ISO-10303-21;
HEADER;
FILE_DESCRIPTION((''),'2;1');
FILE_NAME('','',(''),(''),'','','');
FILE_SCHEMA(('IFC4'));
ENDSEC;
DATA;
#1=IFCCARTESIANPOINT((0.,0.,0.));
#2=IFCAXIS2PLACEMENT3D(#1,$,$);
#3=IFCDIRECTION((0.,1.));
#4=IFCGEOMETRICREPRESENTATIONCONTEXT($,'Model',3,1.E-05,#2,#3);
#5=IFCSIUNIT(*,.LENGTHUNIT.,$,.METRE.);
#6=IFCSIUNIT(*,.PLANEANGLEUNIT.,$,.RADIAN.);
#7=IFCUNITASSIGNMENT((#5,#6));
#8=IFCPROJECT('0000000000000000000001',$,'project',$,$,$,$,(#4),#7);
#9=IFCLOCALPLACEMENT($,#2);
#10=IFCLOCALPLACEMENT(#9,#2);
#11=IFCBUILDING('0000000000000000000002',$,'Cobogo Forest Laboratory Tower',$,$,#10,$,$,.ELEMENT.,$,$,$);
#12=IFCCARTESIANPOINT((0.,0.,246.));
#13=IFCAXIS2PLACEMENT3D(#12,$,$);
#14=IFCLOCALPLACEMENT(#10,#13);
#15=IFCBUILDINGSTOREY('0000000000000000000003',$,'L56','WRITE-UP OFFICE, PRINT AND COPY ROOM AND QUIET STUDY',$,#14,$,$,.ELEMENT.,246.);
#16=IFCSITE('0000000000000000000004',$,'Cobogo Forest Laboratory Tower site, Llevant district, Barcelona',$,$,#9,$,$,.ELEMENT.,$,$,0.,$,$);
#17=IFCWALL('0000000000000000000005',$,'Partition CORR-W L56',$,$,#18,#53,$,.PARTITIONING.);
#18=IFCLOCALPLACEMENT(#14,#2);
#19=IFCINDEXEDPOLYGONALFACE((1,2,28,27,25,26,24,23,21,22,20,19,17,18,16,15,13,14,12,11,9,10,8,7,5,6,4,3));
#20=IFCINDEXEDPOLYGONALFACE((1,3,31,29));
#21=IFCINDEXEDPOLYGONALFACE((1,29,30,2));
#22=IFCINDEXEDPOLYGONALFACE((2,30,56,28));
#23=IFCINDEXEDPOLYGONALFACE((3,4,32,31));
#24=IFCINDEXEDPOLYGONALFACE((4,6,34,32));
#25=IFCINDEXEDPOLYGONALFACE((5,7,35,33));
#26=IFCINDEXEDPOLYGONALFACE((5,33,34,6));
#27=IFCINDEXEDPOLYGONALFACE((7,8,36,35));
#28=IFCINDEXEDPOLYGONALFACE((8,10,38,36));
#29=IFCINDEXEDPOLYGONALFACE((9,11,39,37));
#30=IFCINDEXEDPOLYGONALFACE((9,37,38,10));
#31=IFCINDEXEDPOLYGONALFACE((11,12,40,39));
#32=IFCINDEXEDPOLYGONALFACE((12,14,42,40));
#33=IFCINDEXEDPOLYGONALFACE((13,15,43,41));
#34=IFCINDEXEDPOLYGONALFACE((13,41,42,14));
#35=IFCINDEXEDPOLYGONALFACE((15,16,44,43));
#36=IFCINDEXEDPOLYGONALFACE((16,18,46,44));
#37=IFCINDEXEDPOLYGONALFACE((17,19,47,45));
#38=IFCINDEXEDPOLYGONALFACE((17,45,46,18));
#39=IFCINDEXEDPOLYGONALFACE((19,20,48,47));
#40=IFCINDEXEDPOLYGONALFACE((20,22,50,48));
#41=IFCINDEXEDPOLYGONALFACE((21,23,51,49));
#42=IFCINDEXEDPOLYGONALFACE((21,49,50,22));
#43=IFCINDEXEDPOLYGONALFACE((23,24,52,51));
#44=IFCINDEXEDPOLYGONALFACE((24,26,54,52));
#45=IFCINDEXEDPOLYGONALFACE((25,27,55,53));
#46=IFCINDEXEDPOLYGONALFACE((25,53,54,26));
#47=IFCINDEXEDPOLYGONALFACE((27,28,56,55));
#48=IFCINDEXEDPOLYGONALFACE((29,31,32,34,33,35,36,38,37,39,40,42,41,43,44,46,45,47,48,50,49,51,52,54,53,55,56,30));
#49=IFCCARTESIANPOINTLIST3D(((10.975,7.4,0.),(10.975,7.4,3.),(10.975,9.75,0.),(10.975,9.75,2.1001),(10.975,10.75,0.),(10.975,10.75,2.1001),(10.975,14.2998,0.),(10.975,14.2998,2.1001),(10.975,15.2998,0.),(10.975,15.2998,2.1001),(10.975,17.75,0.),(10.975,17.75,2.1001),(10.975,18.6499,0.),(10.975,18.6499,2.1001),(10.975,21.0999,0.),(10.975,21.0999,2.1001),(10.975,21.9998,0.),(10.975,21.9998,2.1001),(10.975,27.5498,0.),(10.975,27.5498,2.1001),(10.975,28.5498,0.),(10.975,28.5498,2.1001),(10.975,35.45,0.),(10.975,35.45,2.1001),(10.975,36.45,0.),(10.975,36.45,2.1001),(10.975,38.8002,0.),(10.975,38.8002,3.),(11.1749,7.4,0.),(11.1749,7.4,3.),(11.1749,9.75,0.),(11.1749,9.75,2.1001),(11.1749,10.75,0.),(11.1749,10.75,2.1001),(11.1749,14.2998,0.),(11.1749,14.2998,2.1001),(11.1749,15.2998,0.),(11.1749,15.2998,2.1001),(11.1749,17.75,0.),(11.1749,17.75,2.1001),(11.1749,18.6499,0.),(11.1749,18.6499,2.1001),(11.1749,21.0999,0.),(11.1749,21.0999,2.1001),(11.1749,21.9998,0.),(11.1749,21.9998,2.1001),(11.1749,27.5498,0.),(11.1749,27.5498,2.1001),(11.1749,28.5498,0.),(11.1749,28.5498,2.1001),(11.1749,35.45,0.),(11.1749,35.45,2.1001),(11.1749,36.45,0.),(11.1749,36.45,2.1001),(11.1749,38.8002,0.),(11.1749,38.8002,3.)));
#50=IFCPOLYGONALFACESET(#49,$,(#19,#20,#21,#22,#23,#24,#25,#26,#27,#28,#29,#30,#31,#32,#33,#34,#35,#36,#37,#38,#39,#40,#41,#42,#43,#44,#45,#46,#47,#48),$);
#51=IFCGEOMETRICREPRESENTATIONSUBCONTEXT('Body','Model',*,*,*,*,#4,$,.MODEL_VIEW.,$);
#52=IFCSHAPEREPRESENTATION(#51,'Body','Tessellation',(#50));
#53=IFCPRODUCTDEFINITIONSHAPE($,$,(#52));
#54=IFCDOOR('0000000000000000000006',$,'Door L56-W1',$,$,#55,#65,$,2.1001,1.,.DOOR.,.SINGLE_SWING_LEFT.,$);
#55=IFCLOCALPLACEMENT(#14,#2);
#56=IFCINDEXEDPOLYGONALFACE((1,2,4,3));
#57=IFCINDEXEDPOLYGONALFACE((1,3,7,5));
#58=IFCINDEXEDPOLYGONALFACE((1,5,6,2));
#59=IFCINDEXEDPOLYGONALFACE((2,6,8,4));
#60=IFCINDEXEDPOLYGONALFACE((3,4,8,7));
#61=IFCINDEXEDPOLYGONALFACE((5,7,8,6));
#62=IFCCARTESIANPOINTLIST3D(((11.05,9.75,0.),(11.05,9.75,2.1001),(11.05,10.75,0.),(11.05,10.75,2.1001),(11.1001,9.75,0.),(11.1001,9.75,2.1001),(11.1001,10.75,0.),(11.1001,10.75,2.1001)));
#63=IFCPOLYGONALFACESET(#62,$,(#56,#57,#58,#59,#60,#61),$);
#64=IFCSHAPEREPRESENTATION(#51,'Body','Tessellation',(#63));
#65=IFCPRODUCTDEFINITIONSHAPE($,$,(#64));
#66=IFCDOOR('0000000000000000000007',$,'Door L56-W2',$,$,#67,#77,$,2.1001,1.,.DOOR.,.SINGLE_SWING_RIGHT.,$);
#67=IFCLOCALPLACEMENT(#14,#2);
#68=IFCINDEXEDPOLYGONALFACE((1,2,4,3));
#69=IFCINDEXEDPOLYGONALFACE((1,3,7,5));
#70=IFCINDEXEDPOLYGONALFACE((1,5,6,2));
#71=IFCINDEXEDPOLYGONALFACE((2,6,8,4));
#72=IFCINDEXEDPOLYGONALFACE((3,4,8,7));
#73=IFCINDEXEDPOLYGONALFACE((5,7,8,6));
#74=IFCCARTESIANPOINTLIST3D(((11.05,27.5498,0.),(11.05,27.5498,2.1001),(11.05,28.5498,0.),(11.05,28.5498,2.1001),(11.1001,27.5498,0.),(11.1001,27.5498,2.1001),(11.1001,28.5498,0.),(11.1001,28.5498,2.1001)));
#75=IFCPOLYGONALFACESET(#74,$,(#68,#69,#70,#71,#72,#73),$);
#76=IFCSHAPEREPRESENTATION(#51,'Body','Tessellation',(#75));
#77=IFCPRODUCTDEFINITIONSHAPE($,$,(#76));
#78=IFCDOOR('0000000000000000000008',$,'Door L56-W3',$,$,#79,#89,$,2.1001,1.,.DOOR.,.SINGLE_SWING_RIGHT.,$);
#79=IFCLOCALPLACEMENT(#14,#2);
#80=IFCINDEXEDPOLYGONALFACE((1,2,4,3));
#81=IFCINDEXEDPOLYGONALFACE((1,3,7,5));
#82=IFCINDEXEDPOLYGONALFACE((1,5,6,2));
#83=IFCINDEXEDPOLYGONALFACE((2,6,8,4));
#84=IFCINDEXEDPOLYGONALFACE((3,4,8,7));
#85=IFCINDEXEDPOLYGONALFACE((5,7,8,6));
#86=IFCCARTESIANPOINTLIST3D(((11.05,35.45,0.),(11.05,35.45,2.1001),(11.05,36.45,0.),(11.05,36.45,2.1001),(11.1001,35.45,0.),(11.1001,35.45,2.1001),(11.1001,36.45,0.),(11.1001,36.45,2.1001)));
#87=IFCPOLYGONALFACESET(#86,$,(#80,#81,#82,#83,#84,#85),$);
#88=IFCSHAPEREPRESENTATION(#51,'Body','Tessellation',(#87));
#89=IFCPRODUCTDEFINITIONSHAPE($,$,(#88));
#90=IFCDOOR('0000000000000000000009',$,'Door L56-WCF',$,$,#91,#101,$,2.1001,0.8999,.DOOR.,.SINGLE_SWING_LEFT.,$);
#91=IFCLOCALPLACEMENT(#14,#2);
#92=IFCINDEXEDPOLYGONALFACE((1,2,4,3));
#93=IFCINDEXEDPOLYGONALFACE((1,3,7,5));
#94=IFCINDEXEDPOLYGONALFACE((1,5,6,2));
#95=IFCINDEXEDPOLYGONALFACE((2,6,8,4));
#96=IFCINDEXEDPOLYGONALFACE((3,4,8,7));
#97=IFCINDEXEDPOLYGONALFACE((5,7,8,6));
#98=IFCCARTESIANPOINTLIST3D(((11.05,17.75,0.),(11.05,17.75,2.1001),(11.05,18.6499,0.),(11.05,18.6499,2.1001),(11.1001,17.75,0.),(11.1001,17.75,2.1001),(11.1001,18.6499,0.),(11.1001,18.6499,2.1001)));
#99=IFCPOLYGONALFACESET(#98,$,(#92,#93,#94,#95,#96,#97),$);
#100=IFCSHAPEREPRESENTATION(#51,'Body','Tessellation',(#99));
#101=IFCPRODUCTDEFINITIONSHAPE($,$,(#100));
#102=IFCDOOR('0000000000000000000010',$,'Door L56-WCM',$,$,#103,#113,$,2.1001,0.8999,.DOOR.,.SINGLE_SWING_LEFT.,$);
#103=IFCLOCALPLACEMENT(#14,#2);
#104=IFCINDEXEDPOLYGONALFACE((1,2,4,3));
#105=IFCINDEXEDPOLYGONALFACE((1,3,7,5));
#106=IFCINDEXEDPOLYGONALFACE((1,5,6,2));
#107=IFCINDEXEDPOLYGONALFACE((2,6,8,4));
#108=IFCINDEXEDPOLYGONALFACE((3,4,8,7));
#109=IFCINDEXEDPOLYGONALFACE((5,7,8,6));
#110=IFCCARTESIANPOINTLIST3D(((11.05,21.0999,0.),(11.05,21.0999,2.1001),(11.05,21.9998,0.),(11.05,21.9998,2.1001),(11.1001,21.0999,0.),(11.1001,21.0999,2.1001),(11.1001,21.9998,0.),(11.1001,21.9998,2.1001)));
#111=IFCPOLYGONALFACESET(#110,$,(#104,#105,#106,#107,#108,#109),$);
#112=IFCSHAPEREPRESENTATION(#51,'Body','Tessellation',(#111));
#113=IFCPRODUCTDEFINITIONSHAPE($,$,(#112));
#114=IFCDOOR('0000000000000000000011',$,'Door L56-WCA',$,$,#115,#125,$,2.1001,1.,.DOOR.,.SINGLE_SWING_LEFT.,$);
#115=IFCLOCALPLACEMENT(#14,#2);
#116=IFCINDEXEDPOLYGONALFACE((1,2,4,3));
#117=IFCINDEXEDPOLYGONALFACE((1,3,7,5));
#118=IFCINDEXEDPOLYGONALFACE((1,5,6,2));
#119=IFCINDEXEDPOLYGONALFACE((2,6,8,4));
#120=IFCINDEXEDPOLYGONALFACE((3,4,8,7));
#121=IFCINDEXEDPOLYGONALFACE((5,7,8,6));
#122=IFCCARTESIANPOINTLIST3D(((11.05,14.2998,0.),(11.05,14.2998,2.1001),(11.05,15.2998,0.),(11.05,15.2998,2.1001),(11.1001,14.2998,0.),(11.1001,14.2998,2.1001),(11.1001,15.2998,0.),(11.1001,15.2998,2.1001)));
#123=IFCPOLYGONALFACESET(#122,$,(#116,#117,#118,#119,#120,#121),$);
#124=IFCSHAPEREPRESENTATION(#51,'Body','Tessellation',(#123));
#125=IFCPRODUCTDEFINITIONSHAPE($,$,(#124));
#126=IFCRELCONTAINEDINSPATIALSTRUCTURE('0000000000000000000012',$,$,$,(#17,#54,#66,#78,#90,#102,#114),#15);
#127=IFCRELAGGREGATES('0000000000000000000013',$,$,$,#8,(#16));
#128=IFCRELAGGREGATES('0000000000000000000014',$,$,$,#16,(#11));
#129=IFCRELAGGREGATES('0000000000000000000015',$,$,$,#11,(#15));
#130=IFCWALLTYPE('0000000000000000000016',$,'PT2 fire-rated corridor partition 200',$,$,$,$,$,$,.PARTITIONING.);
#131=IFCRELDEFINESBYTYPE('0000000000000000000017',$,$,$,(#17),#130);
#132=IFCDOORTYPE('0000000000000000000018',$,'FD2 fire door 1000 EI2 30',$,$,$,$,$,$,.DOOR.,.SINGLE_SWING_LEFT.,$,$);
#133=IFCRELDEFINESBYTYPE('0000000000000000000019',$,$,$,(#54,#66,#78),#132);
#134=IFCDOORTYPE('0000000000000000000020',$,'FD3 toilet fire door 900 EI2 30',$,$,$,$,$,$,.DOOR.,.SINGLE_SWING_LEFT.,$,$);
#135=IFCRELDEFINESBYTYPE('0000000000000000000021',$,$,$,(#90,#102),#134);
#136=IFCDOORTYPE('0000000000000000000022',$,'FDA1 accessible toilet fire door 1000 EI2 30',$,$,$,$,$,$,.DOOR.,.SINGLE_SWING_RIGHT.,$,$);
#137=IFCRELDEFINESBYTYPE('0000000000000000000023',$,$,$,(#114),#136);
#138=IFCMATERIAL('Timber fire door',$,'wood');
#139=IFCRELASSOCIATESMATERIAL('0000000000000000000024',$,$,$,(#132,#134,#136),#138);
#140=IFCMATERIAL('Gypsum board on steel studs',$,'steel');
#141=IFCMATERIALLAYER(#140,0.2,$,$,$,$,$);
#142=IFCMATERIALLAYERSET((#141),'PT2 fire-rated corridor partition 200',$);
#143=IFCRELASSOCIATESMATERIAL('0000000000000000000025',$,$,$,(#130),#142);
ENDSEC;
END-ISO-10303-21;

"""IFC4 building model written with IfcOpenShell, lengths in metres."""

from ifc_helpers import new_model, si_unit, direction, frame, frame_2d, origin, place, context, subcontext, project, spatial, rectangle, extrude, material, layer, layer_set, type_object, element, fill, save


model = new_model("IFC4")

# Units and contexts
model_context = context("Model", 3, precision=1e-05, world=origin(), true_north=direction((0.0, 1.0)))
body_context = subcontext(model_context, "Body", "Model", "MODEL_VIEW")
ifc_project = project(units=[si_unit("LENGTHUNIT", "METRE"), si_unit("PLANEANGLEUNIT", "RADIAN")], contexts=[model_context])

# Site, building, storey
site_placement = place(None, origin())
site = spatial("IfcSite", under=ifc_project, at=site_placement, Name="Cobogo Forest Laboratory Tower site, Llevant district, Barcelona", CompositionType="ELEMENT", RefElevation=0.0)
building_placement = place(site_placement, origin())
building = spatial("IfcBuilding", under=site, at=building_placement, Name="Cobogo Forest Laboratory Tower", CompositionType="ELEMENT")
storey_placement = place(building_placement, frame((0.0, 0.0, 246.0)))
storey = spatial("IfcBuildingStorey", under=building, at=storey_placement, Name="L56", Description="WRITE-UP OFFICE, PRINT AND COPY ROOM AND QUIET STUDY", CompositionType="ELEMENT", Elevation=246.0)

# Shared definitions
ifc_material_1 = material(Name="Gypsum board on steel studs", Category="steel")
ifc_material_2 = material(Name="Timber fire door", Category="wood")
door_type_1 = type_object("IfcDoorType", Name="FD2 fire door 1000 EI2 30", OperationType="SINGLE_SWING_LEFT", PredefinedType="DOOR", material=ifc_material_2)

# Wall, openings, doors
ifc_layer_1 = layer(ifc_material_1, 0.2)
ifc_layer_set_1 = layer_set([ifc_layer_1], Name="PT2 fire-rated corridor partition 200")
wall_type_1 = type_object("IfcWallType", Name="PT2 fire-rated corridor partition 200", PredefinedType="PARTITIONING", material=ifc_layer_set_1)
wall_1_placement = place(storey_placement, frame((11.075, 7.3999, 0.0), z_axis=(0.0, 0.0, 1.0), x_axis=(0.0, 1.0, 0.0)))
wall_1 = element("IfcWall", 1, at=wall_1_placement, inside=storey, type_object=wall_type_1, Name="Partition CORR-W L56", PredefinedType="PARTITIONING", context=body_context, shape_type="SweptSolid", body=[
    extrude(rectangle(XDim=31.4001, YDim=0.2, at=frame_2d((15.7002, 0.0))), origin(), (0.0, 0.0, 1.0), 3.0),
])
opening_1_placement = place(wall_1_placement, frame((2.3501, 0.0, 0.0)))
opening_1 = element("IfcOpeningElement", 2, at=opening_1_placement, cuts=wall_1, PredefinedType="OPENING", context=body_context, shape_type="SweptSolid", body=[
    extrude(rectangle(XDim=1.0, YDim=2.1001, at=frame_2d((0.5, 1.05))), frame((0.0, 0.1099, 0.0), z_axis=(0.0, -1.0, 0.0), x_axis=(1.0, 0.0, 0.0)), (0.0, 0.0, 1.0), 0.22),
])
opening_2_placement = place(wall_1_placement, frame((6.8999, 0.0, 0.0)))
opening_2 = element("IfcOpeningElement", 3, at=opening_2_placement, cuts=wall_1, PredefinedType="OPENING", context=body_context, shape_type="SweptSolid", body=[
    extrude(rectangle(XDim=1.0, YDim=2.1001, at=frame_2d((0.5, 1.05))), frame((0.0, 0.1099, 0.0), z_axis=(0.0, -1.0, 0.0), x_axis=(1.0, 0.0, 0.0)), (0.0, 0.0, 1.0), 0.22),
])
opening_3_placement = place(wall_1_placement, frame((10.3501, 0.0, 0.0)))
opening_3 = element("IfcOpeningElement", 4, at=opening_3_placement, cuts=wall_1, PredefinedType="OPENING", context=body_context, shape_type="SweptSolid", body=[
    extrude(rectangle(XDim=0.8999, YDim=2.1001, at=frame_2d((0.45, 1.05))), frame((0.0, 0.1099, 0.0), z_axis=(0.0, -1.0, 0.0), x_axis=(1.0, 0.0, 0.0)), (0.0, 0.0, 1.0), 0.22),
])
opening_4_placement = place(wall_1_placement, frame((13.7, 0.0, 0.0)))
opening_4 = element("IfcOpeningElement", 5, at=opening_4_placement, cuts=wall_1, PredefinedType="OPENING", context=body_context, shape_type="SweptSolid", body=[
    extrude(rectangle(XDim=0.8999, YDim=2.1001, at=frame_2d((0.45, 1.05))), frame((0.0, 0.1099, 0.0), z_axis=(0.0, -1.0, 0.0), x_axis=(1.0, 0.0, 0.0)), (0.0, 0.0, 1.0), 0.22),
])
opening_5_placement = place(wall_1_placement, frame((20.1499, 0.0, 0.0)))
opening_5 = element("IfcOpeningElement", 6, at=opening_5_placement, cuts=wall_1, PredefinedType="OPENING", context=body_context, shape_type="SweptSolid", body=[
    extrude(rectangle(XDim=1.0, YDim=2.1001, at=frame_2d((0.5, 1.05))), frame((0.0, 0.1099, 0.0), z_axis=(0.0, -1.0, 0.0), x_axis=(1.0, 0.0, 0.0)), (0.0, 0.0, 1.0), 0.22),
])
opening_6_placement = place(wall_1_placement, frame((28.05, 0.0, 0.0)))
opening_6 = element("IfcOpeningElement", 7, at=opening_6_placement, cuts=wall_1, PredefinedType="OPENING", context=body_context, shape_type="SweptSolid", body=[
    extrude(rectangle(XDim=1.0, YDim=2.1001, at=frame_2d((0.5, 1.05))), frame((0.0, 0.1099, 0.0), z_axis=(0.0, -1.0, 0.0), x_axis=(1.0, 0.0, 0.0)), (0.0, 0.0, 1.0), 0.22),
])
door_1_placement = place(opening_1_placement, origin())
door_1 = element("IfcDoor", 8, at=door_1_placement, inside=storey, type_object=door_type_1, Name="Door L56-W1", OperationType="SINGLE_SWING_LEFT", OverallHeight=2.1001, OverallWidth=1.0, PredefinedType="DOOR", context=body_context, shape_type="SweptSolid", body=[
    extrude(rectangle(XDim=1.0, YDim=2.1001, at=frame_2d((0.5, 1.05))), frame((0.0, 0.0249, 0.0), z_axis=(0.0, -1.0, 0.0), x_axis=(1.0, 0.0, 0.0)), (0.0, 0.0, 1.0), 0.05),
])
fill(opening_1, door_1)
door_2_placement = place(opening_5_placement, origin())
door_2 = element("IfcDoor", 9, at=door_2_placement, inside=storey, type_object=door_type_1, Name="Door L56-W2", OperationType="SINGLE_SWING_RIGHT", OverallHeight=2.1001, OverallWidth=1.0, PredefinedType="DOOR", context=body_context, shape_type="SweptSolid", body=[
    extrude(rectangle(XDim=1.0, YDim=2.1001, at=frame_2d((0.5, 1.05))), frame((0.0, 0.0249, 0.0), z_axis=(0.0, -1.0, 0.0), x_axis=(1.0, 0.0, 0.0)), (0.0, 0.0, 1.0), 0.05),
])
fill(opening_5, door_2)
door_3_placement = place(opening_6_placement, origin())
door_3 = element("IfcDoor", 10, at=door_3_placement, inside=storey, type_object=door_type_1, Name="Door L56-W3", OperationType="SINGLE_SWING_RIGHT", OverallHeight=2.1001, OverallWidth=1.0, PredefinedType="DOOR", context=body_context, shape_type="SweptSolid", body=[
    extrude(rectangle(XDim=1.0, YDim=2.1001, at=frame_2d((0.5, 1.05))), frame((0.0, 0.0249, 0.0), z_axis=(0.0, -1.0, 0.0), x_axis=(1.0, 0.0, 0.0)), (0.0, 0.0, 1.0), 0.05),
])
fill(opening_6, door_3)
door_type_2 = type_object("IfcDoorType", Name="FD3 toilet fire door 900 EI2 30", OperationType="SINGLE_SWING_LEFT", PredefinedType="DOOR", material=ifc_material_2)
door_4_placement = place(opening_3_placement, origin())
door_4 = element("IfcDoor", 11, at=door_4_placement, inside=storey, type_object=door_type_2, Name="Door L56-WCF", OperationType="SINGLE_SWING_LEFT", OverallHeight=2.1001, OverallWidth=0.8999, PredefinedType="DOOR", context=body_context, shape_type="SweptSolid", body=[
    extrude(rectangle(XDim=0.8999, YDim=2.1001, at=frame_2d((0.45, 1.05))), frame((0.0, 0.0249, 0.0), z_axis=(0.0, -1.0, 0.0), x_axis=(1.0, 0.0, 0.0)), (0.0, 0.0, 1.0), 0.05),
])
fill(opening_3, door_4)
door_5_placement = place(opening_4_placement, origin())
door_5 = element("IfcDoor", 12, at=door_5_placement, inside=storey, type_object=door_type_2, Name="Door L56-WCM", OperationType="SINGLE_SWING_LEFT", OverallHeight=2.1001, OverallWidth=0.8999, PredefinedType="DOOR", context=body_context, shape_type="SweptSolid", body=[
    extrude(rectangle(XDim=0.8999, YDim=2.1001, at=frame_2d((0.45, 1.05))), frame((0.0, 0.0249, 0.0), z_axis=(0.0, -1.0, 0.0), x_axis=(1.0, 0.0, 0.0)), (0.0, 0.0, 1.0), 0.05),
])
fill(opening_4, door_5)
door_type_3 = type_object("IfcDoorType", Name="FDA1 accessible toilet fire door 1000 EI2 30", OperationType="SINGLE_SWING_RIGHT", PredefinedType="DOOR", material=ifc_material_2)
door_6_placement = place(opening_2_placement, origin())
door_6 = element("IfcDoor", 13, at=door_6_placement, inside=storey, type_object=door_type_3, Name="Door L56-WCA", OperationType="SINGLE_SWING_LEFT", OverallHeight=2.1001, OverallWidth=1.0, PredefinedType="DOOR", context=body_context, shape_type="SweptSolid", body=[
    extrude(rectangle(XDim=1.0, YDim=2.1001, at=frame_2d((0.5, 1.05))), frame((0.0, 0.0249, 0.0), z_axis=(0.0, -1.0, 0.0), x_axis=(1.0, 0.0, 0.0)), (0.0, 0.0, 1.0), 0.05),
])
fill(opening_2, door_6)

save(model, "model.ifc")
